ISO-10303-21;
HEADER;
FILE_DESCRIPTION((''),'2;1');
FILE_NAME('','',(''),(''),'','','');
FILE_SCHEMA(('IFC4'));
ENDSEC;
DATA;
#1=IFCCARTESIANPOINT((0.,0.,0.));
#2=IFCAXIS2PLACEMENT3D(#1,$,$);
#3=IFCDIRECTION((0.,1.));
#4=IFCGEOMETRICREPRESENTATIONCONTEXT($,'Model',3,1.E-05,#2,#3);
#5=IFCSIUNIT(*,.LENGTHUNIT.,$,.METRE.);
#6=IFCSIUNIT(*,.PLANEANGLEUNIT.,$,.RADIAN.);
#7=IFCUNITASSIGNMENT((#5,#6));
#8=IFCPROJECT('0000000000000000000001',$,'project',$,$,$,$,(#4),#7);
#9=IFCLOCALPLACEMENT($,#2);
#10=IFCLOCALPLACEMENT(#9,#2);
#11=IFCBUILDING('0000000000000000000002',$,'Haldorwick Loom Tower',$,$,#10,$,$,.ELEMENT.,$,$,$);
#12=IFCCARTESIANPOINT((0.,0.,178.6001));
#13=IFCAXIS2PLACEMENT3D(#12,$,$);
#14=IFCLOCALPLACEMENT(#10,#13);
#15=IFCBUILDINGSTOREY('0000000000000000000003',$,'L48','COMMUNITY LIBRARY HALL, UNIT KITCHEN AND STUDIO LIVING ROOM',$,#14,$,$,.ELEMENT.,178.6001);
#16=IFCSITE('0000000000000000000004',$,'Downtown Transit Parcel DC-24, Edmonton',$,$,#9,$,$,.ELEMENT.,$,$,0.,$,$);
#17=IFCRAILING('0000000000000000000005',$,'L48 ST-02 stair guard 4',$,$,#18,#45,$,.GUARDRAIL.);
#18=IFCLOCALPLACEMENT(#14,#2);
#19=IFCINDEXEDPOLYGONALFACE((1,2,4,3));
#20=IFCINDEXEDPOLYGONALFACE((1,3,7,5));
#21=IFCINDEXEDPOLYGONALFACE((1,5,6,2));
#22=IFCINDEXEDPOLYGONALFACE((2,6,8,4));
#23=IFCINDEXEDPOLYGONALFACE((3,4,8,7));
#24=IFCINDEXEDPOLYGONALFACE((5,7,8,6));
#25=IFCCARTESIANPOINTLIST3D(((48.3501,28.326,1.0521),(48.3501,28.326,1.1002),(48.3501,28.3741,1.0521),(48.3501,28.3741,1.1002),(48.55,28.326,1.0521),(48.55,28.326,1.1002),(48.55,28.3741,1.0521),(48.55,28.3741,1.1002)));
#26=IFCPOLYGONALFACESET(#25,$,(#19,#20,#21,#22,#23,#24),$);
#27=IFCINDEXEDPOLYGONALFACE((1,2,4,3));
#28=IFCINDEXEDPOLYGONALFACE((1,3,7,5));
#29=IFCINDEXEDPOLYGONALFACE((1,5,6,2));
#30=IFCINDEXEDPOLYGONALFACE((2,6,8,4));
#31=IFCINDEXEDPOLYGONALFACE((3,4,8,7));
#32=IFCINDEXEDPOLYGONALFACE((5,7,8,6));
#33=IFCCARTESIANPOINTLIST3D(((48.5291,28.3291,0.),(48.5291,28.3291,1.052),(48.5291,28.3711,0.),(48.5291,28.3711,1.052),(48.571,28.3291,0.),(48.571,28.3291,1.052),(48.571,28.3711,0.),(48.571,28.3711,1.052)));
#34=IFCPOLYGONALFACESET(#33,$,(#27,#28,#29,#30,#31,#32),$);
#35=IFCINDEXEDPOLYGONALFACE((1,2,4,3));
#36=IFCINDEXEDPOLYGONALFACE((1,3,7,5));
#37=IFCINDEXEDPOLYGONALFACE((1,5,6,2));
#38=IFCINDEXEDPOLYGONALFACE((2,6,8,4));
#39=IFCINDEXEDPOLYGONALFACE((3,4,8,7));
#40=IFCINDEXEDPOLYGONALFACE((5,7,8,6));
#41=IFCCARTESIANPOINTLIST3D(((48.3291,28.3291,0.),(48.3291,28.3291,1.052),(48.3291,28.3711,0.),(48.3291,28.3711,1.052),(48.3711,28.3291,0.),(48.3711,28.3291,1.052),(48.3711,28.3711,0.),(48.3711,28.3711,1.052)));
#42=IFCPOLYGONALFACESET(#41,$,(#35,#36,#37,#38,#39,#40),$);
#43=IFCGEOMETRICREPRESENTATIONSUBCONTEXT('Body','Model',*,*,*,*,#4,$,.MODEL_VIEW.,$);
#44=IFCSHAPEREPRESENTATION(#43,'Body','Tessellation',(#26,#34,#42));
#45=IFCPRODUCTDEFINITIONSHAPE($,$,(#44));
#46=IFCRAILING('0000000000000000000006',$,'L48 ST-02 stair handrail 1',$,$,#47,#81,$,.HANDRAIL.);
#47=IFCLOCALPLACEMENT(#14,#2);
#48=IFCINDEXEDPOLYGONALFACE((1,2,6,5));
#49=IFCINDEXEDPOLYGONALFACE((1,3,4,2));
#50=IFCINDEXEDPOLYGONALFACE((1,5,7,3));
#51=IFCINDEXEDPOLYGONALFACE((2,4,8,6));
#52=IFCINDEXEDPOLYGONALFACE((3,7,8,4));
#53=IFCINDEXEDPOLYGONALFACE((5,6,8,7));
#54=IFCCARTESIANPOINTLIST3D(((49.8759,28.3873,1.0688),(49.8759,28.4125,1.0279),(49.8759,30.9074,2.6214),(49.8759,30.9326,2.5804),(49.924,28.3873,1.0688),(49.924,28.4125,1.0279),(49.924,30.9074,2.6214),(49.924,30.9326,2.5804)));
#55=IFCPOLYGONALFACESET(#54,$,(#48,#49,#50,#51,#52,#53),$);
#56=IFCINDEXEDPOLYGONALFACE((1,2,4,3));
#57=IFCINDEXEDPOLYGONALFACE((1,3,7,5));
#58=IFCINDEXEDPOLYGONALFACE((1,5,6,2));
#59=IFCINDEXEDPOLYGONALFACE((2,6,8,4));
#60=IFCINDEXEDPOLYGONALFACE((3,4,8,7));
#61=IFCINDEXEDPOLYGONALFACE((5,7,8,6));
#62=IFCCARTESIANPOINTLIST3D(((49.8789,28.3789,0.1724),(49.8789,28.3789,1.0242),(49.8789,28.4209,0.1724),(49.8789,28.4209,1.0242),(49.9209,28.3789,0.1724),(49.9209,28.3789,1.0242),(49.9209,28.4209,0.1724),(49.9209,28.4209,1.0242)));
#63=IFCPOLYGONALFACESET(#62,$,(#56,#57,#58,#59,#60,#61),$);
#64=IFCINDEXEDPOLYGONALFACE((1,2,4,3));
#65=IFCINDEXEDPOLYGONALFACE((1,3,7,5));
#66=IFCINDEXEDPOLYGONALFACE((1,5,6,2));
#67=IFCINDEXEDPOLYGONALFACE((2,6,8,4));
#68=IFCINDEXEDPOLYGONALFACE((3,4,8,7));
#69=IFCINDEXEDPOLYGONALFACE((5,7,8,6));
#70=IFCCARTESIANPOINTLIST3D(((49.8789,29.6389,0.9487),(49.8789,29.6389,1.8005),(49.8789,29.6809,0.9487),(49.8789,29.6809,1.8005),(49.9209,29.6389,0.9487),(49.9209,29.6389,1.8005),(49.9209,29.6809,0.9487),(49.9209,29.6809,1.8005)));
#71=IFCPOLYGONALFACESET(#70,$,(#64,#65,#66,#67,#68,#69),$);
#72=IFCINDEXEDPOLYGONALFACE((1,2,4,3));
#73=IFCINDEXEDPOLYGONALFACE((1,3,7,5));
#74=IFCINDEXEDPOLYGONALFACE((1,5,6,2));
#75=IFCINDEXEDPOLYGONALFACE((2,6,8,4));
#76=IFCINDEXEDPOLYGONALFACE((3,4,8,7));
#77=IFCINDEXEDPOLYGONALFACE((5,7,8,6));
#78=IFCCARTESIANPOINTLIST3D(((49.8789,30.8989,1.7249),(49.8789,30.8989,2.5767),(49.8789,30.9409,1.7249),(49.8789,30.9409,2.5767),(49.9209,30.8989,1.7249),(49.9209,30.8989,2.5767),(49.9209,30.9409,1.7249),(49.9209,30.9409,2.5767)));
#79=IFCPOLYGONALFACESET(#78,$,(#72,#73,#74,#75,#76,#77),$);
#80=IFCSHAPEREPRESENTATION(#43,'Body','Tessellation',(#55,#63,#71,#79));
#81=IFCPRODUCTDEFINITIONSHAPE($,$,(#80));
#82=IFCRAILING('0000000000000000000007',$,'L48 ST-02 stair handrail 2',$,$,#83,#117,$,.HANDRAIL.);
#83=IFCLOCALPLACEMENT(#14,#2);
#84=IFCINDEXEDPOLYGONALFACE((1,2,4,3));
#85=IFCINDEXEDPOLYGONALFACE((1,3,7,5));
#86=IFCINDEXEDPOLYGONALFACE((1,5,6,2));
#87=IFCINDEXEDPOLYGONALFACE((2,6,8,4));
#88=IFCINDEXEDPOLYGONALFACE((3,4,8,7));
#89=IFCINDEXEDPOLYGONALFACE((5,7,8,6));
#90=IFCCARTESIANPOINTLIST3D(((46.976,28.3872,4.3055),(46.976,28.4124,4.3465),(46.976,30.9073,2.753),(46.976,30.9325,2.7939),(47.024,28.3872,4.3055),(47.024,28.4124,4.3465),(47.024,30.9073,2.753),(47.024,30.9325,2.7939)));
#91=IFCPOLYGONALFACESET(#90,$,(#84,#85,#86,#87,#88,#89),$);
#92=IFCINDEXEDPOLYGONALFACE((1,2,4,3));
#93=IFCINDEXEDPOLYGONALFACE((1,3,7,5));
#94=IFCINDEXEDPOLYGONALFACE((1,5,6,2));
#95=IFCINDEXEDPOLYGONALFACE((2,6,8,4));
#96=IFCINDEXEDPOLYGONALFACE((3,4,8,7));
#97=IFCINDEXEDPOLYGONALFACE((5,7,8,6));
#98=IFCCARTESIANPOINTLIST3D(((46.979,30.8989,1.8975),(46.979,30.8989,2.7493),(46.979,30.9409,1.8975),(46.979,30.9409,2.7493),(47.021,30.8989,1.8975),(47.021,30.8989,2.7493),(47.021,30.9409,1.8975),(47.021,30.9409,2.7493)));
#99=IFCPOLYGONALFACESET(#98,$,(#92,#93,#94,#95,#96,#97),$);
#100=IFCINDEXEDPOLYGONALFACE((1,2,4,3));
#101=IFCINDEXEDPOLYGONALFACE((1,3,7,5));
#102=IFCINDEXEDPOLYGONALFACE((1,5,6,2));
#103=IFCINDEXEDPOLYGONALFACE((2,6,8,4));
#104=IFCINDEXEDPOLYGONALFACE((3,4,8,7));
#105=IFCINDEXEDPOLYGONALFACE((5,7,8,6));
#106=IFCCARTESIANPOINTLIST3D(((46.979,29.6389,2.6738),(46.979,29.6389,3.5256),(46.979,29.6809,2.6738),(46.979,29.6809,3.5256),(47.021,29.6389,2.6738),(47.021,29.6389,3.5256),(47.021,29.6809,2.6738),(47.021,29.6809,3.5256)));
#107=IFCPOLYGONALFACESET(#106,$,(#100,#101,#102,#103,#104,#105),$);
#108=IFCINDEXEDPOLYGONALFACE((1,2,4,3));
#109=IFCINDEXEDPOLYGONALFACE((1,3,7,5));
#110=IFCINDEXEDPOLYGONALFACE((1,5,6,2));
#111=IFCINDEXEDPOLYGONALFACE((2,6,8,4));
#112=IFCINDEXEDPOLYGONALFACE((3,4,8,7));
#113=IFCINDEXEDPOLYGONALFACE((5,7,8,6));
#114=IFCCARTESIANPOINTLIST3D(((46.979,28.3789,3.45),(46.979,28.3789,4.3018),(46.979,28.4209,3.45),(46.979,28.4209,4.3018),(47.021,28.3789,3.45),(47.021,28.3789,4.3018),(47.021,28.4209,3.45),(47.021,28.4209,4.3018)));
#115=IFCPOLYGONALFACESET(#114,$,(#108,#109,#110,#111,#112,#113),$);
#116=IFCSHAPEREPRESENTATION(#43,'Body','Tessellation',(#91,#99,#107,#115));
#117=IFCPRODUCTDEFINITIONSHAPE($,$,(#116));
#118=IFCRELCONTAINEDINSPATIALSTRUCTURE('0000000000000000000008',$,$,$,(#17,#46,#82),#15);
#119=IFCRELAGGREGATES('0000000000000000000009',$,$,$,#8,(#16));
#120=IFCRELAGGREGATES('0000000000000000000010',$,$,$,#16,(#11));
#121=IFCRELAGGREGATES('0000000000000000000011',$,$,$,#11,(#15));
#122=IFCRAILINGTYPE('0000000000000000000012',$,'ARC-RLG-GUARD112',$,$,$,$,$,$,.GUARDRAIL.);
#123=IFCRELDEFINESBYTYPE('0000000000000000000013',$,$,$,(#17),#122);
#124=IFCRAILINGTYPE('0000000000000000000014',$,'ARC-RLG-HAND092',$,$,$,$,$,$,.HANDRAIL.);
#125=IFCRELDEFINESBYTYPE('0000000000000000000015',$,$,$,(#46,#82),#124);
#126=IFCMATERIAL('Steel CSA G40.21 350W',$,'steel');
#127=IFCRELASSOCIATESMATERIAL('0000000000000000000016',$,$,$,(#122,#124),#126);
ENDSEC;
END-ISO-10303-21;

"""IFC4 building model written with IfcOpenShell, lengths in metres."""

from ifc_helpers import new_model, si_unit, direction, frame, origin, origin_2d, place, context, subcontext, project, spatial, rectangle, extrude, material, type_object, element, save


model = new_model("IFC4")

# Units and contexts
model_context = context("Model", 3, precision=1e-05, world=origin(), true_north=direction((0.0, 1.0)))
body_context = subcontext(model_context, "Body", "Model", "MODEL_VIEW")
ifc_project = project(units=[si_unit("LENGTHUNIT", "METRE"), si_unit("PLANEANGLEUNIT", "RADIAN")], contexts=[model_context])

# Site, building, storey
site_placement = place(None, origin())
site = spatial("IfcSite", under=ifc_project, at=site_placement, Name="Downtown Transit Parcel DC-24, Edmonton", CompositionType="ELEMENT", RefElevation=0.0)
building_placement = place(site_placement, origin())
building = spatial("IfcBuilding", under=site, at=building_placement, Name="Haldorwick Loom Tower", CompositionType="ELEMENT")
storey_placement = place(building_placement, frame((0.0, 0.0, 178.6001)))
storey = spatial("IfcBuildingStorey", under=building, at=storey_placement, Name="L48", Description="COMMUNITY LIBRARY HALL, UNIT KITCHEN AND STUDIO LIVING ROOM", CompositionType="ELEMENT", Elevation=178.6001)

# Shared definitions
ifc_material_1 = material(Name="Steel CSA G40.21 350W", Category="steel")

# Railings
railing_type_1 = type_object("IfcRailingType", Name="ARC-RLG-GUARD112", PredefinedType="GUARDRAIL", material=ifc_material_1)
railing_1_placement = place(storey_placement, frame((48.55, 28.3501, 0.0)))
element("IfcRailing", 1, at=railing_1_placement, inside=storey, type_object=railing_type_1, Name="L48 ST-02 stair guard 4", PredefinedType="GUARDRAIL", context=body_context, shape_type="SweptSolid", body=[
    extrude(rectangle(XDim=0.0481, YDim=0.0481, at=origin_2d()), frame((0.0, 0.0, 1.0762), z_axis=(-1.0, 0.0, 0.0), x_axis=(0.0, -1.0, 0.0)), (0.0, 0.0, 1.0), 0.2),
    extrude(rectangle(XDim=0.042, YDim=0.042, at=origin_2d()), origin(), (0.0, 0.0, 1.0), 1.052),
    extrude(rectangle(XDim=0.042, YDim=0.042, at=origin_2d()), frame((-0.2, 0.0, 0.0)), (0.0, 0.0, 1.0), 1.052),
])
railing_type_2 = type_object("IfcRailingType", Name="ARC-RLG-HAND092", PredefinedType="HANDRAIL", material=ifc_material_1)
railing_2_placement = place(storey_placement, frame((49.8999, 28.3999, 0.1724)))
element("IfcRailing", 2, at=railing_2_placement, inside=storey, type_object=railing_type_2, Name="L48 ST-02 stair handrail 1", PredefinedType="HANDRAIL", context=body_context, shape_type="SweptSolid", body=[
    extrude(rectangle(XDim=0.0481, YDim=0.0481, at=origin_2d()), frame((0.0, 0.0, 0.876), z_axis=(0.0, 0.8514, 0.524516), x_axis=(-1.0, 0.0, 0.0)), (0.0, 0.0, 1.0), 2.96),
    extrude(rectangle(XDim=0.042, YDim=0.042, at=origin_2d()), origin(), (0.0, 0.0, 1.0), 0.8518),
    extrude(rectangle(XDim=0.042, YDim=0.042, at=origin_2d()), frame((0.0, 1.26, 0.7764)), (0.0, 0.0, 1.0), 0.8518),
    extrude(rectangle(XDim=0.042, YDim=0.042, at=origin_2d()), frame((0.0, 2.52, 1.5525)), (0.0, 0.0, 1.0), 0.8518),
])
railing_3_placement = place(storey_placement, frame((47.0, 30.9199, 1.8975)))
element("IfcRailing", 3, at=railing_3_placement, inside=storey, type_object=railing_type_2, Name="L48 ST-02 stair handrail 2", PredefinedType="HANDRAIL", context=body_context, shape_type="SweptSolid", body=[
    extrude(rectangle(XDim=0.0481, YDim=0.0481, at=origin_2d()), frame((0.0, 0.0, 0.876), z_axis=(0.0, -0.8514, 0.524516), x_axis=(1.0, 0.0, 0.0)), (0.0, 0.0, 1.0), 2.96),
    extrude(rectangle(XDim=0.042, YDim=0.042, at=origin_2d()), origin(), (0.0, 0.0, 1.0), 0.8518),
    extrude(rectangle(XDim=0.042, YDim=0.042, at=origin_2d()), frame((0.0, -1.26, 0.7764)), (0.0, 0.0, 1.0), 0.8518),
    extrude(rectangle(XDim=0.042, YDim=0.042, at=origin_2d()), frame((0.0, -2.52, 1.5525)), (0.0, 0.0, 1.0), 0.8518),
])

save(model, "model.ifc")
